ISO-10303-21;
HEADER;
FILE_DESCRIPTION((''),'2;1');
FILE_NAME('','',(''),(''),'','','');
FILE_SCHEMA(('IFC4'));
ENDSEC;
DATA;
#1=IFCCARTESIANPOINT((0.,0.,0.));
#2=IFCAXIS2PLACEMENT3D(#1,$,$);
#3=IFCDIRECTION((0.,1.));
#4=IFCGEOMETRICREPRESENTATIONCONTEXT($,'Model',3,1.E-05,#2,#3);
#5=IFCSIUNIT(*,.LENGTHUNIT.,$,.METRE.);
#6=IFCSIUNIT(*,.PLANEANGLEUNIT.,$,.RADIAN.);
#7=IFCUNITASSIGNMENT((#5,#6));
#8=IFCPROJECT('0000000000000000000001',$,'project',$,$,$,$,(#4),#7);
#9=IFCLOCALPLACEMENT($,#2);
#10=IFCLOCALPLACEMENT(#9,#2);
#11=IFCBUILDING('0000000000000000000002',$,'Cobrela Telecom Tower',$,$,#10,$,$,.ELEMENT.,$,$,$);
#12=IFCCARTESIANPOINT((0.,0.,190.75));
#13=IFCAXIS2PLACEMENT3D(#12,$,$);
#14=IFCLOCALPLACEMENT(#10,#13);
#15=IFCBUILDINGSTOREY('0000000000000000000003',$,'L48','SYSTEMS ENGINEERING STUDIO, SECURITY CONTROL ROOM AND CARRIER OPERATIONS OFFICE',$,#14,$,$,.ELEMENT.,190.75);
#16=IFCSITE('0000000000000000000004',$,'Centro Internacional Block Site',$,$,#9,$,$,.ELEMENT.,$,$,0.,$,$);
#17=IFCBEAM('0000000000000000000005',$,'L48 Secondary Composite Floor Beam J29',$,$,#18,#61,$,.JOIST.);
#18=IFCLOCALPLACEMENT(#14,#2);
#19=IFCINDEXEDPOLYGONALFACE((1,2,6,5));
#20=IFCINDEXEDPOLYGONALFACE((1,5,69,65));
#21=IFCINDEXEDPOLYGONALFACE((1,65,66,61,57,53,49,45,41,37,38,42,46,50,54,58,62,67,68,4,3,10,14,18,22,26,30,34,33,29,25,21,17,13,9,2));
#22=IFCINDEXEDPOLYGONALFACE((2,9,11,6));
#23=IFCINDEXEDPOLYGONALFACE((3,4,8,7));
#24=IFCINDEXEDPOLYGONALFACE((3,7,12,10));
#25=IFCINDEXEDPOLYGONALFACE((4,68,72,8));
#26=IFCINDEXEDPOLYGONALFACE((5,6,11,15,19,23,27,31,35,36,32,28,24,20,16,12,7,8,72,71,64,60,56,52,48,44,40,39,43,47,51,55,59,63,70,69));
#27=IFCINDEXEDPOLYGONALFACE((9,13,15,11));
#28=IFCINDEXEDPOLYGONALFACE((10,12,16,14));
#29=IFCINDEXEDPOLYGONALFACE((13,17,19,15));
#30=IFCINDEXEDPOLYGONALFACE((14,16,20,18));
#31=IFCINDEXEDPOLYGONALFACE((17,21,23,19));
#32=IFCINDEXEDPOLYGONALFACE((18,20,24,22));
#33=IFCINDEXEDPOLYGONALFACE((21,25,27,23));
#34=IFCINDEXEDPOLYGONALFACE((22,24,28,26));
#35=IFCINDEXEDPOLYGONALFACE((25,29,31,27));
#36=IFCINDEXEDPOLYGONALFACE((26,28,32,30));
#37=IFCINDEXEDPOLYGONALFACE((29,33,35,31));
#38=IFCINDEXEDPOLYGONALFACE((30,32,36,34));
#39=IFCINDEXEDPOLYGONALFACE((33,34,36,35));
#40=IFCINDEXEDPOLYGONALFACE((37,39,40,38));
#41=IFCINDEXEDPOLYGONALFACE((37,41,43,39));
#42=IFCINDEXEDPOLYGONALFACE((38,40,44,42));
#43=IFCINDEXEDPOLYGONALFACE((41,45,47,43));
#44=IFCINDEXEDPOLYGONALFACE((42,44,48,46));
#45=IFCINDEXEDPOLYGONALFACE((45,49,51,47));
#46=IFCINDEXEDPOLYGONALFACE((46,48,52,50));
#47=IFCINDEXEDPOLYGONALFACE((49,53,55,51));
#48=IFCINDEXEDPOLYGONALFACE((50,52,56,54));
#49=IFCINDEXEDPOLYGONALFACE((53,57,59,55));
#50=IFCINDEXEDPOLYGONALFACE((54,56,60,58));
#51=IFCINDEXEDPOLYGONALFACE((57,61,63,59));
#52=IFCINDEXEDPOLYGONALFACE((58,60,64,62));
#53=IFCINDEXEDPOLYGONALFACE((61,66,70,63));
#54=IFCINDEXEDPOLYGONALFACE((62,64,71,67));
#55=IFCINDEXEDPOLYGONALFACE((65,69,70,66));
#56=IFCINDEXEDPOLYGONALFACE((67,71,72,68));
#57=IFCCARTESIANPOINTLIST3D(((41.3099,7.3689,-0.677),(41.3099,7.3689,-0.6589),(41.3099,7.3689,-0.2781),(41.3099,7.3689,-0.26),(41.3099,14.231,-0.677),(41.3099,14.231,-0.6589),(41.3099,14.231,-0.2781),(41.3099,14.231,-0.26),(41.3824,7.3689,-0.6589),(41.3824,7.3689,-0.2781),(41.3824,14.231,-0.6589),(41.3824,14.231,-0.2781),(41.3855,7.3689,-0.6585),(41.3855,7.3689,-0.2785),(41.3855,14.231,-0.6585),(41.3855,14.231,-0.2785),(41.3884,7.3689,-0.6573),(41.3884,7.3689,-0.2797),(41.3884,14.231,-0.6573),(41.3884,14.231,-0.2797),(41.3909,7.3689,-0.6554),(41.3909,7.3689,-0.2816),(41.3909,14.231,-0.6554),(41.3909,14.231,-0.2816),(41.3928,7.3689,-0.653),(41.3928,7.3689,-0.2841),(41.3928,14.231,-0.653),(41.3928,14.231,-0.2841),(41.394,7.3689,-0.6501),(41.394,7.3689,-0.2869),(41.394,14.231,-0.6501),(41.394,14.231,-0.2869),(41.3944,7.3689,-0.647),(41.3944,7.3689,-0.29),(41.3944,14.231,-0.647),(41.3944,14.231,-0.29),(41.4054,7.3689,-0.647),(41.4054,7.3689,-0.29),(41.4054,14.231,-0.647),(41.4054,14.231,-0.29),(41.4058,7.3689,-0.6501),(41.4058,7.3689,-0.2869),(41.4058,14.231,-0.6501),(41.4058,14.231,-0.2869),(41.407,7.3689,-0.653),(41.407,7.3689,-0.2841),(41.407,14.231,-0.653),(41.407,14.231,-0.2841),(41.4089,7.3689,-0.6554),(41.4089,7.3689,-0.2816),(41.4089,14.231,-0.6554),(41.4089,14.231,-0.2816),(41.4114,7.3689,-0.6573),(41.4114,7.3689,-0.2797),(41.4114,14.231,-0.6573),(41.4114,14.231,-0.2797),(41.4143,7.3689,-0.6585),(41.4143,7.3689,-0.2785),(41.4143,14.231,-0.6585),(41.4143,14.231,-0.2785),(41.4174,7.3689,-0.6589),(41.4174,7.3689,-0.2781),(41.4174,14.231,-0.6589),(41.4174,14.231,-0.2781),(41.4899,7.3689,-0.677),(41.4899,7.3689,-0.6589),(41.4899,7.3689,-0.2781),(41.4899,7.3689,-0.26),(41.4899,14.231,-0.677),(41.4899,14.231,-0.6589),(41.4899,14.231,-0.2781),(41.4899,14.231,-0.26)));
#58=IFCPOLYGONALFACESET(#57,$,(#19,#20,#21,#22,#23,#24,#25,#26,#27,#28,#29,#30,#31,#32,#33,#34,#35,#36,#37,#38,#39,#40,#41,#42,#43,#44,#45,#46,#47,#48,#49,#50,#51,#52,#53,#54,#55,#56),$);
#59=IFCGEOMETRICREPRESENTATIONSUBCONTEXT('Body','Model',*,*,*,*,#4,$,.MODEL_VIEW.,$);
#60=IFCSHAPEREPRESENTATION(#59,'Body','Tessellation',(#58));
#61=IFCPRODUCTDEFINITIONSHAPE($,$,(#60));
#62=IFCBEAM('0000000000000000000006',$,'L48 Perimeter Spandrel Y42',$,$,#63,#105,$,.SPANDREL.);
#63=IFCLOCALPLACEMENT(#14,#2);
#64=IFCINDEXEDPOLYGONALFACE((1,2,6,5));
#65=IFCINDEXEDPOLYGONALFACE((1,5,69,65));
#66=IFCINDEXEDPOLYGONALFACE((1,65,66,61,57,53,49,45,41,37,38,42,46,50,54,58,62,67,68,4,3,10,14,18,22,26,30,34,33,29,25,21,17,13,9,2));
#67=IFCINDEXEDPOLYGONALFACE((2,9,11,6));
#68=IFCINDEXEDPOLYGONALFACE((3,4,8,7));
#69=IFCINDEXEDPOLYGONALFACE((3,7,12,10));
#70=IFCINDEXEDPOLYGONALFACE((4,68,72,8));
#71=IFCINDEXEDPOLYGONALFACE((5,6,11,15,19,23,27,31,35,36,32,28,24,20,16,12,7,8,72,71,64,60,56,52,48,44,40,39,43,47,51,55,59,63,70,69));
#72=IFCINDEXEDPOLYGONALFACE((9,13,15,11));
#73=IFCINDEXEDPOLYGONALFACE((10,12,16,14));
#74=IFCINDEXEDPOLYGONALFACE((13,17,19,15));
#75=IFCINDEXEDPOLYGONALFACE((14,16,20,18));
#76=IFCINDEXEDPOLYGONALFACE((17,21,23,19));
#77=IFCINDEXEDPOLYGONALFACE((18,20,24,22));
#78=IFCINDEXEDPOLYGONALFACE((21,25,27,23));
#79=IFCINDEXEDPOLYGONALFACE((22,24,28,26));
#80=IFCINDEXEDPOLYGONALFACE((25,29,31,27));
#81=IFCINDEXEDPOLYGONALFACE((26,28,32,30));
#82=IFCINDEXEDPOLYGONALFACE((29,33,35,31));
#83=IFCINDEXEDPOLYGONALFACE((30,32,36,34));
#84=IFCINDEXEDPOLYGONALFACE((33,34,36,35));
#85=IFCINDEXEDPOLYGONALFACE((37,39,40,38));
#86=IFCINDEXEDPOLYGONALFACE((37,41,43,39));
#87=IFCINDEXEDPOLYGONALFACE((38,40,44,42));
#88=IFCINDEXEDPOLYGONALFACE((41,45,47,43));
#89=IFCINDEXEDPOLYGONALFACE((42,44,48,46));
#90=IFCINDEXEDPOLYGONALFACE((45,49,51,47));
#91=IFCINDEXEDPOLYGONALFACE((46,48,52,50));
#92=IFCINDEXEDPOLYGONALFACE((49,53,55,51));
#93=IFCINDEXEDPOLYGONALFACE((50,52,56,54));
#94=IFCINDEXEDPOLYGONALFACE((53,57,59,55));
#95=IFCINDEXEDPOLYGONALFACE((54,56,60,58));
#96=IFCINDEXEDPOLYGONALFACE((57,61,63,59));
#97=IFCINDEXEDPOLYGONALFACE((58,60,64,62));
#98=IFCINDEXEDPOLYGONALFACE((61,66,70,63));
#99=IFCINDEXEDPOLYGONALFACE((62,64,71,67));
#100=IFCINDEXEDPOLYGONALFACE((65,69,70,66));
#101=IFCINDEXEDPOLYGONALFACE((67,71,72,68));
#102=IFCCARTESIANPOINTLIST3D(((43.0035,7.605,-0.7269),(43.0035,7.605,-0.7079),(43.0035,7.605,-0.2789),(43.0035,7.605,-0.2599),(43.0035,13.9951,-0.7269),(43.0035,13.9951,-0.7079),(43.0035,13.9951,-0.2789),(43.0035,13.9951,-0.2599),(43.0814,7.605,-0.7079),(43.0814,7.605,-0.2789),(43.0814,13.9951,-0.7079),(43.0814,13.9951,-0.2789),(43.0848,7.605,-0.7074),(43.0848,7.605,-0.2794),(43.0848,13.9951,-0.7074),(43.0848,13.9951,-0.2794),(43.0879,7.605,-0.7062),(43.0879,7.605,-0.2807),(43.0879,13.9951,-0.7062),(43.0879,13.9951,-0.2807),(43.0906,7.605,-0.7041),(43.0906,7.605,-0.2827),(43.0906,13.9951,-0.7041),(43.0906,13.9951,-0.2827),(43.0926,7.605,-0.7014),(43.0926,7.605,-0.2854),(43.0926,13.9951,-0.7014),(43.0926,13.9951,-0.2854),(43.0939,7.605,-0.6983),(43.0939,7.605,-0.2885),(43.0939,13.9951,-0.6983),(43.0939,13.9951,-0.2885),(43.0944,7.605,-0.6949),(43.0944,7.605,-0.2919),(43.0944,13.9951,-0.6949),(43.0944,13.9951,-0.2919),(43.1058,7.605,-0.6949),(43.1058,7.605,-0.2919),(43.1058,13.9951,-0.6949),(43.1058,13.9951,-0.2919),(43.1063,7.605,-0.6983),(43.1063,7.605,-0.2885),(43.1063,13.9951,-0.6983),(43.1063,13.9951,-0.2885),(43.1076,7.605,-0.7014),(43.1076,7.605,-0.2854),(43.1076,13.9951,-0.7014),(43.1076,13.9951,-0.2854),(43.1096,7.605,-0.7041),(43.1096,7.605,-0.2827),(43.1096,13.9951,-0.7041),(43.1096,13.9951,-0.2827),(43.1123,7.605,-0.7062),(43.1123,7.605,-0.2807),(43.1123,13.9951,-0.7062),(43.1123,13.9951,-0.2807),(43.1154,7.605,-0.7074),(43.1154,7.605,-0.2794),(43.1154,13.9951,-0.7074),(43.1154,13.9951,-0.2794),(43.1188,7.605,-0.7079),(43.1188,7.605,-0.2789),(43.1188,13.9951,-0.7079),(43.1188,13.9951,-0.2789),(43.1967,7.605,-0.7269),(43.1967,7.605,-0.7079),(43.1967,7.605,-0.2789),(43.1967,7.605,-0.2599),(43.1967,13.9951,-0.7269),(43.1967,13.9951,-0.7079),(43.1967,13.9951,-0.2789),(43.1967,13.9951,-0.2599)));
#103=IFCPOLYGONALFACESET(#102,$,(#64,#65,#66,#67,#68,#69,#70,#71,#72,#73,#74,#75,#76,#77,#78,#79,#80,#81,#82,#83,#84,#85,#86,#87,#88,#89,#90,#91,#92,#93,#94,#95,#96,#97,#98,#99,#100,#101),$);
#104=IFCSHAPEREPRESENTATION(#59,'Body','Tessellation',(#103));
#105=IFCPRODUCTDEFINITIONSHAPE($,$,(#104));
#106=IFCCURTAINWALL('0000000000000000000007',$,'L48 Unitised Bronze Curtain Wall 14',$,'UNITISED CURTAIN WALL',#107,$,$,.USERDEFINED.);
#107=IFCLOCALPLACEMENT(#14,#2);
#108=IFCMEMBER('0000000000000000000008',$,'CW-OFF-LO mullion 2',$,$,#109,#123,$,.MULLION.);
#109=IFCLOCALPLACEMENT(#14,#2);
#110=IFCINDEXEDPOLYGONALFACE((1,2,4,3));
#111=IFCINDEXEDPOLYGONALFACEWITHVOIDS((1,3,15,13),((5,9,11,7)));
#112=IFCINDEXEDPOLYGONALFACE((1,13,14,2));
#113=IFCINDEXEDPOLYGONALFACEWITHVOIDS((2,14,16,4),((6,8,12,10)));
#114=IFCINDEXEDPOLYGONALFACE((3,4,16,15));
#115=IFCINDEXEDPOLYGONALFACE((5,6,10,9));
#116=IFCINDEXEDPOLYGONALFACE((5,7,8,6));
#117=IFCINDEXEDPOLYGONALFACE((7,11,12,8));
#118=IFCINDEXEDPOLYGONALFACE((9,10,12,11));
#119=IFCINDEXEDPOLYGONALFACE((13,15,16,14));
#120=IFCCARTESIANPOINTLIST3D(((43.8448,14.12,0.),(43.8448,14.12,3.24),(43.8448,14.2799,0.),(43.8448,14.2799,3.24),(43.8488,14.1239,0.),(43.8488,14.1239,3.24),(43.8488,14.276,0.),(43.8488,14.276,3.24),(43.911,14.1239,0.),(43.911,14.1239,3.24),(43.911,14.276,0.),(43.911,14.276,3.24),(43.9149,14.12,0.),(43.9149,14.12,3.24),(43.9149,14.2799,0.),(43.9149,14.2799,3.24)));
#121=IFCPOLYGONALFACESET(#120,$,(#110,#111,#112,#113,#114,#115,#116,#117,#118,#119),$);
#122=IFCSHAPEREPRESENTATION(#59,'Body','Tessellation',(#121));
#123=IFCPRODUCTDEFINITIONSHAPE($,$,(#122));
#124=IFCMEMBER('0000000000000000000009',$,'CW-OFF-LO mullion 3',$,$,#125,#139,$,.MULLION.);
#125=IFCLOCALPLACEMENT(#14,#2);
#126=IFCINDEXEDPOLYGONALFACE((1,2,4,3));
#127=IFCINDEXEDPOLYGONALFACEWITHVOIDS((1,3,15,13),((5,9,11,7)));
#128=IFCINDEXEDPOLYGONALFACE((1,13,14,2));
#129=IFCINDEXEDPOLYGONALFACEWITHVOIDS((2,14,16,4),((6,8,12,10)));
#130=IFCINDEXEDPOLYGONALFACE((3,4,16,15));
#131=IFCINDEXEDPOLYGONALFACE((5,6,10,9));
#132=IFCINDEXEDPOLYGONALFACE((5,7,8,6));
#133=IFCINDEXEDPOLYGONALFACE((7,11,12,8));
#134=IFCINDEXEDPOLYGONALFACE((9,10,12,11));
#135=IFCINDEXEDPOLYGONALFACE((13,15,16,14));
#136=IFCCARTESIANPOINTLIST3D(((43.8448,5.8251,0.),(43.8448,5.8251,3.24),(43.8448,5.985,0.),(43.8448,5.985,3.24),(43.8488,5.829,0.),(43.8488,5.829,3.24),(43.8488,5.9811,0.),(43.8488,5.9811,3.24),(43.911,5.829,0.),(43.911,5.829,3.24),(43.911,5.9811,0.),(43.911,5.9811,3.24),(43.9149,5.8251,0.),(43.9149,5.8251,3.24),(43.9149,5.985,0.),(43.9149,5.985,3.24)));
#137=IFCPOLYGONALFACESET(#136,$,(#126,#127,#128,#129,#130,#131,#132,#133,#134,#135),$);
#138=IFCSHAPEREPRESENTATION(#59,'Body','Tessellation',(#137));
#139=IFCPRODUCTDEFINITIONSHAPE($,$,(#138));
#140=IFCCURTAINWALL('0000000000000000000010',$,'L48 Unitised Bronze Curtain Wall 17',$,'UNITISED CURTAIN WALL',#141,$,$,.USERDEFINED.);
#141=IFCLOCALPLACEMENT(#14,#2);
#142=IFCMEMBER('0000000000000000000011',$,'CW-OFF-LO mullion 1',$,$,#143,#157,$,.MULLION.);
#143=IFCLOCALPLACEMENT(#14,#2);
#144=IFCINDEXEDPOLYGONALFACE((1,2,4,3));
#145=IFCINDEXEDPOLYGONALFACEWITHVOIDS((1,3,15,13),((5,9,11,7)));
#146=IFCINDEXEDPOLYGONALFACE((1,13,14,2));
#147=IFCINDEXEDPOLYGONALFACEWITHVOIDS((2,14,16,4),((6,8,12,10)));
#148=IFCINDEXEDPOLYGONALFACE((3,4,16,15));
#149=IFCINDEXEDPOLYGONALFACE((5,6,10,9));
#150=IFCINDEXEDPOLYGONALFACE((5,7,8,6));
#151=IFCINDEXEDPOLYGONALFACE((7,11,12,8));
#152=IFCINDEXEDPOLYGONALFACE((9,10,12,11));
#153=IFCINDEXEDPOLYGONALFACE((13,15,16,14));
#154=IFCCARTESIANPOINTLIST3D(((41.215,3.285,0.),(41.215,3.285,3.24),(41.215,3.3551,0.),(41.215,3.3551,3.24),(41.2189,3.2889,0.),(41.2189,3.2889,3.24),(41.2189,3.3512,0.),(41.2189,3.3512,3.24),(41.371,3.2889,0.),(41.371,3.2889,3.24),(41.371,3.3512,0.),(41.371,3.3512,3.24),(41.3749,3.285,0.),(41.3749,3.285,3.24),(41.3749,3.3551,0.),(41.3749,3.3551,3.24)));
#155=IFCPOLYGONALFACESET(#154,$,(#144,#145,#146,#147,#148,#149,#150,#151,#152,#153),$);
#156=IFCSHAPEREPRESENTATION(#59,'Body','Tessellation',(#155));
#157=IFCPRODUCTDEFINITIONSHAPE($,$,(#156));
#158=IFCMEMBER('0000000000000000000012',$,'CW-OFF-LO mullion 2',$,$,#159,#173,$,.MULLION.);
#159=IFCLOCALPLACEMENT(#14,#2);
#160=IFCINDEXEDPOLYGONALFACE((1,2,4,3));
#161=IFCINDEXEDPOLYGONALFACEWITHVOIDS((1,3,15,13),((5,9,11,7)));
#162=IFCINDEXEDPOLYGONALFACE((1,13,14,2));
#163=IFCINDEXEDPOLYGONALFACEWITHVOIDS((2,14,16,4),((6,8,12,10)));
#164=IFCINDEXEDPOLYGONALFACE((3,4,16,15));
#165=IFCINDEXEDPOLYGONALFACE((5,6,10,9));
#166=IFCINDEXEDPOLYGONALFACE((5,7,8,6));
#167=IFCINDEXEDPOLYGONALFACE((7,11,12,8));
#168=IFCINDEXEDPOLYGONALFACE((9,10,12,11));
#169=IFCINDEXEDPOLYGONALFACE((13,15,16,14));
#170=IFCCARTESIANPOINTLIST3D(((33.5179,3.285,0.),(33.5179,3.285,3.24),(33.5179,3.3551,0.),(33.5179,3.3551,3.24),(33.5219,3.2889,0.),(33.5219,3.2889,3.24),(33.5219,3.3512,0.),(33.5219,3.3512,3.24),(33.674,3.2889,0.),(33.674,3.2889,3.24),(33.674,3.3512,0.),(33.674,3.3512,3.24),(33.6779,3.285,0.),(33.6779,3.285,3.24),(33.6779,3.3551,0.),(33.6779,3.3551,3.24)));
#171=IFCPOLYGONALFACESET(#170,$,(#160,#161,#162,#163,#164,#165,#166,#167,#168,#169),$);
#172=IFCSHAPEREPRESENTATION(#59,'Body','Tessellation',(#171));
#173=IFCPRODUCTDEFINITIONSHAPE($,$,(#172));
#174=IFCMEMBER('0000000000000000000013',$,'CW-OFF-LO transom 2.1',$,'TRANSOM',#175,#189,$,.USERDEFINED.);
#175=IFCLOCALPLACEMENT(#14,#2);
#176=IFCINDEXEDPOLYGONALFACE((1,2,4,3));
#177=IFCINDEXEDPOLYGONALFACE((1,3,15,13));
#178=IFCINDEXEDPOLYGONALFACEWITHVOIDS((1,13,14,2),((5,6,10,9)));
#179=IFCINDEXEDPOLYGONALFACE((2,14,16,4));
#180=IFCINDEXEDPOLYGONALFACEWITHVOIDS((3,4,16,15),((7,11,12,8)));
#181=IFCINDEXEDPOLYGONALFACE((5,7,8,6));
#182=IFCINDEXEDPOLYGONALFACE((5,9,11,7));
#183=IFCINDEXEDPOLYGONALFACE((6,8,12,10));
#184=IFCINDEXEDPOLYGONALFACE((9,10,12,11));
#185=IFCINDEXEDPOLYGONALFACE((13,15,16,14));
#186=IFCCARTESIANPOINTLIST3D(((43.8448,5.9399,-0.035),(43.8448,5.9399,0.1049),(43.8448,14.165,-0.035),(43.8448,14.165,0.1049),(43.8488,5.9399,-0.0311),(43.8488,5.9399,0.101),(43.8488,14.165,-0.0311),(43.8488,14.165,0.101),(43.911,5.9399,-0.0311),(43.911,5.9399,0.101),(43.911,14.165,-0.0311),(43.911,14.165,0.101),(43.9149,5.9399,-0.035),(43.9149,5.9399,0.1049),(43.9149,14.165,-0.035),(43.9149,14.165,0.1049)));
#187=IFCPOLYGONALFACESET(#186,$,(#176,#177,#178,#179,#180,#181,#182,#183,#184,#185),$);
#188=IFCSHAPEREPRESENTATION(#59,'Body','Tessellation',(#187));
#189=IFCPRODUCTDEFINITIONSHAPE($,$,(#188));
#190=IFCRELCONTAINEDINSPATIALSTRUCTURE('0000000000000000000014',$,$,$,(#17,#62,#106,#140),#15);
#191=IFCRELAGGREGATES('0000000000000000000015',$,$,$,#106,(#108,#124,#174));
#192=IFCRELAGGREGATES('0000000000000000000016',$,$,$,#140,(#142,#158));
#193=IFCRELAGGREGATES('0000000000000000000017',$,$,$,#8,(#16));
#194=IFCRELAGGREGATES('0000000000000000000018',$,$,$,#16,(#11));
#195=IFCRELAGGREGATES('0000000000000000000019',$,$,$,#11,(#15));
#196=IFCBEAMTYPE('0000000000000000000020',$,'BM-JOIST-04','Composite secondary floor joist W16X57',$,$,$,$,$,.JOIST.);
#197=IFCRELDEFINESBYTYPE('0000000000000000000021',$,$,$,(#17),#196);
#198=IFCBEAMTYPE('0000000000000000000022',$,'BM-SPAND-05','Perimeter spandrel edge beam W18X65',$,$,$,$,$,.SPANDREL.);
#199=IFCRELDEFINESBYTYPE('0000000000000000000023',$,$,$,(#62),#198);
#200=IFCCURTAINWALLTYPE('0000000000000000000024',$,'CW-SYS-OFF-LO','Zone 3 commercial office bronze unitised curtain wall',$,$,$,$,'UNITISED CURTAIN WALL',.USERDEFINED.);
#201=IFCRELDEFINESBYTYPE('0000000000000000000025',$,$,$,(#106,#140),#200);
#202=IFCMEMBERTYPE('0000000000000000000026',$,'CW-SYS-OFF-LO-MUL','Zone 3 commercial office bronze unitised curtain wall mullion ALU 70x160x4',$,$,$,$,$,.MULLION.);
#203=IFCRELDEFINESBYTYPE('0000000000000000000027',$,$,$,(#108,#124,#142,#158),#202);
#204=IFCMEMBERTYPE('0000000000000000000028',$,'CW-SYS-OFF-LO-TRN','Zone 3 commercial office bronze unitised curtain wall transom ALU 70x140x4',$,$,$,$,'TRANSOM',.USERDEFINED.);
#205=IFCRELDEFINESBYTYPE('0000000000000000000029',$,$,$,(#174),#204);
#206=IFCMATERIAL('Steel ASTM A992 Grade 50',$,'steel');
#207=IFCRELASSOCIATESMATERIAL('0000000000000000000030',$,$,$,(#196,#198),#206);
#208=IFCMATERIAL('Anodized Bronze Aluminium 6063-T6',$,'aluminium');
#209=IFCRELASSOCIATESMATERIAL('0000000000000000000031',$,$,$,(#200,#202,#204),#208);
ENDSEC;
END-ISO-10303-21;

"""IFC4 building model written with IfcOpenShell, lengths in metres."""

from ifc_helpers import new_model, si_unit, direction, frame, origin, origin_2d, place, context, subcontext, project, spatial, hollow_rectangle, i_section, extrude, material, material_profile, profile_set, type_object, element, aggregate, save


model = new_model("IFC4")

# Units and contexts
model_context = context("Model", 3, precision=1e-05, world=origin(), true_north=direction((0.0, 1.0)))
body_context = subcontext(model_context, "Body", "Model", "MODEL_VIEW")
ifc_project = project(units=[si_unit("LENGTHUNIT", "METRE"), si_unit("PLANEANGLEUNIT", "RADIAN")], contexts=[model_context])

# Site, building, storey
site_placement = place(None, origin())
site = spatial("IfcSite", under=ifc_project, at=site_placement, Name="Centro Internacional Block Site", CompositionType="ELEMENT", RefElevation=0.0)
building_placement = place(site_placement, origin())
building = spatial("IfcBuilding", under=site, at=building_placement, Name="Cobrela Telecom Tower", CompositionType="ELEMENT")
storey_placement = place(building_placement, frame((0.0, 0.0, 190.75)))
storey = spatial("IfcBuildingStorey", under=building, at=storey_placement, Name="L48", Description="SYSTEMS ENGINEERING STUDIO, SECURITY CONTROL ROOM AND CARRIER OPERATIONS OFFICE", CompositionType="ELEMENT", Elevation=190.75)

# Shared definitions
ifc_material_1 = material(Name="Steel ASTM A992 Grade 50", Category="steel")

# Beams
ifc_material_profile_1 = material_profile(ifc_material_1, i_section(OverallWidth=0.1799, OverallDepth=0.417, WebThickness=0.011, FlangeThickness=0.0181, FilletRadius=0.012, at=origin_2d()), Name="W16X57")
ifc_profile_set_1 = profile_set([ifc_material_profile_1], Name="Steel ASTM A992 Grade 50")
beam_type_1 = type_object("IfcBeamType", Name="BM-JOIST-04", Description="Composite secondary floor joist W16X57", PredefinedType="JOIST", material=ifc_profile_set_1)
for number, where, z_axis, x_axis, name in (
    (1, (41.3999, 7.3689, -0.4685), (0.0, 1.0, 0.0), (-1.0, 0.0, 0.0), "L48 Secondary Composite Floor Beam J29"),
):
    element("IfcBeam", number, at=place(storey_placement, frame(where, z_axis=z_axis, x_axis=x_axis)), inside=storey, type_object=beam_type_1, Name=name, PredefinedType="JOIST", context=body_context, shape_type="SweptSolid", body=[
        extrude(i_section(OverallWidth=0.1799, OverallDepth=0.417, WebThickness=0.011, FlangeThickness=0.0181, FilletRadius=0.012, at=origin_2d()), origin(), (0.0, 0.0, 1.0), 6.8621),
    ])
ifc_material_profile_2 = material_profile(ifc_material_1, i_section(OverallWidth=0.1931, OverallDepth=0.467, WebThickness=0.0115, FlangeThickness=0.019, FilletRadius=0.0129, at=origin_2d()), Name="W18X65")
ifc_profile_set_2 = profile_set([ifc_material_profile_2], Name="Steel ASTM A992 Grade 50")
beam_type_2 = type_object("IfcBeamType", Name="BM-SPAND-05", Description="Perimeter spandrel edge beam W18X65", PredefinedType="SPANDREL", material=ifc_profile_set_2)
beam_1_placement = place(storey_placement, frame((43.1001, 7.605, -0.4934), z_axis=(0.0, 1.0, 0.0), x_axis=(-1.0, 0.0, 0.0)))
element("IfcBeam", 2, at=beam_1_placement, inside=storey, type_object=beam_type_2, Name="L48 Perimeter Spandrel Y42", PredefinedType="SPANDREL", context=body_context, shape_type="SweptSolid", body=[
    extrude(i_section(OverallWidth=0.1931, OverallDepth=0.467, WebThickness=0.0115, FlangeThickness=0.019, FilletRadius=0.0129, at=origin_2d()), origin(), (0.0, 0.0, 1.0), 6.3901),
])

# Curtain walls, members
ifc_material_2 = material(Name="Anodized Bronze Aluminium 6063-T6", Category="aluminium")
curtain_wall_type = type_object("IfcCurtainWallType", Name="CW-SYS-OFF-LO", Description="Zone 3 commercial office bronze unitised curtain wall", ElementType="UNITISED CURTAIN WALL", PredefinedType="USERDEFINED", material=ifc_material_2)
curtain_wall_1_placement = place(storey_placement, origin())
curtain_wall_1 = element("IfcCurtainWall", 3, at=curtain_wall_1_placement, inside=storey, type_object=curtain_wall_type, Name="L48 Unitised Bronze Curtain Wall 14", ObjectType="UNITISED CURTAIN WALL", PredefinedType="USERDEFINED")
ifc_material_profile_3 = material_profile(ifc_material_2, hollow_rectangle(XDim=0.0701, YDim=0.1599, WallThickness=0.0039, at=origin_2d()), Name="ALU 70x160x4")
ifc_profile_set_3 = profile_set([ifc_material_profile_3], Name="Anodized Bronze Aluminium 6063-T6")
member_type_1 = type_object("IfcMemberType", Name="CW-SYS-OFF-LO-MUL", Description="Zone 3 commercial office bronze unitised curtain wall mullion ALU 70x160x4", PredefinedType="MULLION", material=ifc_profile_set_3)
member_1_placement = place(storey_placement, frame((43.8799, 14.2, 0.0), z_axis=(0.0, 0.0, 1.0), x_axis=(1.0, 0.0, 0.0)))
member_1 = element("IfcMember", 4, at=member_1_placement, type_object=member_type_1, Name="CW-OFF-LO mullion 2", PredefinedType="MULLION", context=body_context, shape_type="SweptSolid", body=[
    extrude(hollow_rectangle(XDim=0.0701, YDim=0.1599, WallThickness=0.0039, at=origin_2d()), origin(), (0.0, 0.0, 1.0), 3.24),
])
member_2_placement = place(storey_placement, frame((43.8799, 5.905, 0.0), z_axis=(0.0, 0.0, 1.0), x_axis=(1.0, 0.0, 0.0)))
member_2 = element("IfcMember", 5, at=member_2_placement, type_object=member_type_1, Name="CW-OFF-LO mullion 3", PredefinedType="MULLION", context=body_context, shape_type="SweptSolid", body=[
    extrude(hollow_rectangle(XDim=0.0701, YDim=0.1599, WallThickness=0.0039, at=origin_2d()), origin(), (0.0, 0.0, 1.0), 3.24),
])
curtain_wall_2_placement = place(storey_placement, origin())
curtain_wall_2 = element("IfcCurtainWall", 6, at=curtain_wall_2_placement, inside=storey, type_object=curtain_wall_type, Name="L48 Unitised Bronze Curtain Wall 17", ObjectType="UNITISED CURTAIN WALL", PredefinedType="USERDEFINED")
member_3_placement = place(storey_placement, frame((41.2949, 3.3201, 0.0), z_axis=(0.0, 0.0, 1.0), x_axis=(0.0, -1.0, 0.0)))
member_3 = element("IfcMember", 7, at=member_3_placement, type_object=member_type_1, Name="CW-OFF-LO mullion 1", PredefinedType="MULLION", context=body_context, shape_type="SweptSolid", body=[
    extrude(hollow_rectangle(XDim=0.0701, YDim=0.1599, WallThickness=0.0039, at=origin_2d()), origin(), (0.0, 0.0, 1.0), 3.24),
])
member_4_placement = place(storey_placement, frame((33.5979, 3.3201, 0.0), z_axis=(0.0, 0.0, 1.0), x_axis=(0.0, -1.0, 0.0)))
member_4 = element("IfcMember", 8, at=member_4_placement, type_object=member_type_1, Name="CW-OFF-LO mullion 2", PredefinedType="MULLION", context=body_context, shape_type="SweptSolid", body=[
    extrude(hollow_rectangle(XDim=0.0701, YDim=0.1599, WallThickness=0.0039, at=origin_2d()), origin(), (0.0, 0.0, 1.0), 3.24),
])

# Member
ifc_material_profile_4 = material_profile(ifc_material_2, hollow_rectangle(XDim=0.0701, YDim=0.1399, WallThickness=0.0039, at=origin_2d()), Name="ALU 70x140x4")
ifc_profile_set_4 = profile_set([ifc_material_profile_4], Name="Anodized Bronze Aluminium 6063-T6")
member_type_2 = type_object("IfcMemberType", Name="CW-SYS-OFF-LO-TRN", Description="Zone 3 commercial office bronze unitised curtain wall transom ALU 70x140x4", ElementType="TRANSOM", PredefinedType="USERDEFINED", material=ifc_profile_set_4)
member_5_placement = place(storey_placement, frame((43.8799, 14.165, 0.0349), z_axis=(0.0, -1.0, 0.0), x_axis=(1.0, 0.0, 0.0)))
member_5 = element("IfcMember", 9, at=member_5_placement, type_object=member_type_2, Name="CW-OFF-LO transom 2.1", ObjectType="TRANSOM", PredefinedType="USERDEFINED", context=body_context, shape_type="SweptSolid", body=[
    extrude(hollow_rectangle(XDim=0.0701, YDim=0.1399, WallThickness=0.0039, at=origin_2d()), origin(), (0.0, 0.0, 1.0), 8.2251),
])

aggregate(curtain_wall_1, [member_1, member_2, member_5])
aggregate(curtain_wall_2, [member_3, member_4])

save(model, "model.ifc")
